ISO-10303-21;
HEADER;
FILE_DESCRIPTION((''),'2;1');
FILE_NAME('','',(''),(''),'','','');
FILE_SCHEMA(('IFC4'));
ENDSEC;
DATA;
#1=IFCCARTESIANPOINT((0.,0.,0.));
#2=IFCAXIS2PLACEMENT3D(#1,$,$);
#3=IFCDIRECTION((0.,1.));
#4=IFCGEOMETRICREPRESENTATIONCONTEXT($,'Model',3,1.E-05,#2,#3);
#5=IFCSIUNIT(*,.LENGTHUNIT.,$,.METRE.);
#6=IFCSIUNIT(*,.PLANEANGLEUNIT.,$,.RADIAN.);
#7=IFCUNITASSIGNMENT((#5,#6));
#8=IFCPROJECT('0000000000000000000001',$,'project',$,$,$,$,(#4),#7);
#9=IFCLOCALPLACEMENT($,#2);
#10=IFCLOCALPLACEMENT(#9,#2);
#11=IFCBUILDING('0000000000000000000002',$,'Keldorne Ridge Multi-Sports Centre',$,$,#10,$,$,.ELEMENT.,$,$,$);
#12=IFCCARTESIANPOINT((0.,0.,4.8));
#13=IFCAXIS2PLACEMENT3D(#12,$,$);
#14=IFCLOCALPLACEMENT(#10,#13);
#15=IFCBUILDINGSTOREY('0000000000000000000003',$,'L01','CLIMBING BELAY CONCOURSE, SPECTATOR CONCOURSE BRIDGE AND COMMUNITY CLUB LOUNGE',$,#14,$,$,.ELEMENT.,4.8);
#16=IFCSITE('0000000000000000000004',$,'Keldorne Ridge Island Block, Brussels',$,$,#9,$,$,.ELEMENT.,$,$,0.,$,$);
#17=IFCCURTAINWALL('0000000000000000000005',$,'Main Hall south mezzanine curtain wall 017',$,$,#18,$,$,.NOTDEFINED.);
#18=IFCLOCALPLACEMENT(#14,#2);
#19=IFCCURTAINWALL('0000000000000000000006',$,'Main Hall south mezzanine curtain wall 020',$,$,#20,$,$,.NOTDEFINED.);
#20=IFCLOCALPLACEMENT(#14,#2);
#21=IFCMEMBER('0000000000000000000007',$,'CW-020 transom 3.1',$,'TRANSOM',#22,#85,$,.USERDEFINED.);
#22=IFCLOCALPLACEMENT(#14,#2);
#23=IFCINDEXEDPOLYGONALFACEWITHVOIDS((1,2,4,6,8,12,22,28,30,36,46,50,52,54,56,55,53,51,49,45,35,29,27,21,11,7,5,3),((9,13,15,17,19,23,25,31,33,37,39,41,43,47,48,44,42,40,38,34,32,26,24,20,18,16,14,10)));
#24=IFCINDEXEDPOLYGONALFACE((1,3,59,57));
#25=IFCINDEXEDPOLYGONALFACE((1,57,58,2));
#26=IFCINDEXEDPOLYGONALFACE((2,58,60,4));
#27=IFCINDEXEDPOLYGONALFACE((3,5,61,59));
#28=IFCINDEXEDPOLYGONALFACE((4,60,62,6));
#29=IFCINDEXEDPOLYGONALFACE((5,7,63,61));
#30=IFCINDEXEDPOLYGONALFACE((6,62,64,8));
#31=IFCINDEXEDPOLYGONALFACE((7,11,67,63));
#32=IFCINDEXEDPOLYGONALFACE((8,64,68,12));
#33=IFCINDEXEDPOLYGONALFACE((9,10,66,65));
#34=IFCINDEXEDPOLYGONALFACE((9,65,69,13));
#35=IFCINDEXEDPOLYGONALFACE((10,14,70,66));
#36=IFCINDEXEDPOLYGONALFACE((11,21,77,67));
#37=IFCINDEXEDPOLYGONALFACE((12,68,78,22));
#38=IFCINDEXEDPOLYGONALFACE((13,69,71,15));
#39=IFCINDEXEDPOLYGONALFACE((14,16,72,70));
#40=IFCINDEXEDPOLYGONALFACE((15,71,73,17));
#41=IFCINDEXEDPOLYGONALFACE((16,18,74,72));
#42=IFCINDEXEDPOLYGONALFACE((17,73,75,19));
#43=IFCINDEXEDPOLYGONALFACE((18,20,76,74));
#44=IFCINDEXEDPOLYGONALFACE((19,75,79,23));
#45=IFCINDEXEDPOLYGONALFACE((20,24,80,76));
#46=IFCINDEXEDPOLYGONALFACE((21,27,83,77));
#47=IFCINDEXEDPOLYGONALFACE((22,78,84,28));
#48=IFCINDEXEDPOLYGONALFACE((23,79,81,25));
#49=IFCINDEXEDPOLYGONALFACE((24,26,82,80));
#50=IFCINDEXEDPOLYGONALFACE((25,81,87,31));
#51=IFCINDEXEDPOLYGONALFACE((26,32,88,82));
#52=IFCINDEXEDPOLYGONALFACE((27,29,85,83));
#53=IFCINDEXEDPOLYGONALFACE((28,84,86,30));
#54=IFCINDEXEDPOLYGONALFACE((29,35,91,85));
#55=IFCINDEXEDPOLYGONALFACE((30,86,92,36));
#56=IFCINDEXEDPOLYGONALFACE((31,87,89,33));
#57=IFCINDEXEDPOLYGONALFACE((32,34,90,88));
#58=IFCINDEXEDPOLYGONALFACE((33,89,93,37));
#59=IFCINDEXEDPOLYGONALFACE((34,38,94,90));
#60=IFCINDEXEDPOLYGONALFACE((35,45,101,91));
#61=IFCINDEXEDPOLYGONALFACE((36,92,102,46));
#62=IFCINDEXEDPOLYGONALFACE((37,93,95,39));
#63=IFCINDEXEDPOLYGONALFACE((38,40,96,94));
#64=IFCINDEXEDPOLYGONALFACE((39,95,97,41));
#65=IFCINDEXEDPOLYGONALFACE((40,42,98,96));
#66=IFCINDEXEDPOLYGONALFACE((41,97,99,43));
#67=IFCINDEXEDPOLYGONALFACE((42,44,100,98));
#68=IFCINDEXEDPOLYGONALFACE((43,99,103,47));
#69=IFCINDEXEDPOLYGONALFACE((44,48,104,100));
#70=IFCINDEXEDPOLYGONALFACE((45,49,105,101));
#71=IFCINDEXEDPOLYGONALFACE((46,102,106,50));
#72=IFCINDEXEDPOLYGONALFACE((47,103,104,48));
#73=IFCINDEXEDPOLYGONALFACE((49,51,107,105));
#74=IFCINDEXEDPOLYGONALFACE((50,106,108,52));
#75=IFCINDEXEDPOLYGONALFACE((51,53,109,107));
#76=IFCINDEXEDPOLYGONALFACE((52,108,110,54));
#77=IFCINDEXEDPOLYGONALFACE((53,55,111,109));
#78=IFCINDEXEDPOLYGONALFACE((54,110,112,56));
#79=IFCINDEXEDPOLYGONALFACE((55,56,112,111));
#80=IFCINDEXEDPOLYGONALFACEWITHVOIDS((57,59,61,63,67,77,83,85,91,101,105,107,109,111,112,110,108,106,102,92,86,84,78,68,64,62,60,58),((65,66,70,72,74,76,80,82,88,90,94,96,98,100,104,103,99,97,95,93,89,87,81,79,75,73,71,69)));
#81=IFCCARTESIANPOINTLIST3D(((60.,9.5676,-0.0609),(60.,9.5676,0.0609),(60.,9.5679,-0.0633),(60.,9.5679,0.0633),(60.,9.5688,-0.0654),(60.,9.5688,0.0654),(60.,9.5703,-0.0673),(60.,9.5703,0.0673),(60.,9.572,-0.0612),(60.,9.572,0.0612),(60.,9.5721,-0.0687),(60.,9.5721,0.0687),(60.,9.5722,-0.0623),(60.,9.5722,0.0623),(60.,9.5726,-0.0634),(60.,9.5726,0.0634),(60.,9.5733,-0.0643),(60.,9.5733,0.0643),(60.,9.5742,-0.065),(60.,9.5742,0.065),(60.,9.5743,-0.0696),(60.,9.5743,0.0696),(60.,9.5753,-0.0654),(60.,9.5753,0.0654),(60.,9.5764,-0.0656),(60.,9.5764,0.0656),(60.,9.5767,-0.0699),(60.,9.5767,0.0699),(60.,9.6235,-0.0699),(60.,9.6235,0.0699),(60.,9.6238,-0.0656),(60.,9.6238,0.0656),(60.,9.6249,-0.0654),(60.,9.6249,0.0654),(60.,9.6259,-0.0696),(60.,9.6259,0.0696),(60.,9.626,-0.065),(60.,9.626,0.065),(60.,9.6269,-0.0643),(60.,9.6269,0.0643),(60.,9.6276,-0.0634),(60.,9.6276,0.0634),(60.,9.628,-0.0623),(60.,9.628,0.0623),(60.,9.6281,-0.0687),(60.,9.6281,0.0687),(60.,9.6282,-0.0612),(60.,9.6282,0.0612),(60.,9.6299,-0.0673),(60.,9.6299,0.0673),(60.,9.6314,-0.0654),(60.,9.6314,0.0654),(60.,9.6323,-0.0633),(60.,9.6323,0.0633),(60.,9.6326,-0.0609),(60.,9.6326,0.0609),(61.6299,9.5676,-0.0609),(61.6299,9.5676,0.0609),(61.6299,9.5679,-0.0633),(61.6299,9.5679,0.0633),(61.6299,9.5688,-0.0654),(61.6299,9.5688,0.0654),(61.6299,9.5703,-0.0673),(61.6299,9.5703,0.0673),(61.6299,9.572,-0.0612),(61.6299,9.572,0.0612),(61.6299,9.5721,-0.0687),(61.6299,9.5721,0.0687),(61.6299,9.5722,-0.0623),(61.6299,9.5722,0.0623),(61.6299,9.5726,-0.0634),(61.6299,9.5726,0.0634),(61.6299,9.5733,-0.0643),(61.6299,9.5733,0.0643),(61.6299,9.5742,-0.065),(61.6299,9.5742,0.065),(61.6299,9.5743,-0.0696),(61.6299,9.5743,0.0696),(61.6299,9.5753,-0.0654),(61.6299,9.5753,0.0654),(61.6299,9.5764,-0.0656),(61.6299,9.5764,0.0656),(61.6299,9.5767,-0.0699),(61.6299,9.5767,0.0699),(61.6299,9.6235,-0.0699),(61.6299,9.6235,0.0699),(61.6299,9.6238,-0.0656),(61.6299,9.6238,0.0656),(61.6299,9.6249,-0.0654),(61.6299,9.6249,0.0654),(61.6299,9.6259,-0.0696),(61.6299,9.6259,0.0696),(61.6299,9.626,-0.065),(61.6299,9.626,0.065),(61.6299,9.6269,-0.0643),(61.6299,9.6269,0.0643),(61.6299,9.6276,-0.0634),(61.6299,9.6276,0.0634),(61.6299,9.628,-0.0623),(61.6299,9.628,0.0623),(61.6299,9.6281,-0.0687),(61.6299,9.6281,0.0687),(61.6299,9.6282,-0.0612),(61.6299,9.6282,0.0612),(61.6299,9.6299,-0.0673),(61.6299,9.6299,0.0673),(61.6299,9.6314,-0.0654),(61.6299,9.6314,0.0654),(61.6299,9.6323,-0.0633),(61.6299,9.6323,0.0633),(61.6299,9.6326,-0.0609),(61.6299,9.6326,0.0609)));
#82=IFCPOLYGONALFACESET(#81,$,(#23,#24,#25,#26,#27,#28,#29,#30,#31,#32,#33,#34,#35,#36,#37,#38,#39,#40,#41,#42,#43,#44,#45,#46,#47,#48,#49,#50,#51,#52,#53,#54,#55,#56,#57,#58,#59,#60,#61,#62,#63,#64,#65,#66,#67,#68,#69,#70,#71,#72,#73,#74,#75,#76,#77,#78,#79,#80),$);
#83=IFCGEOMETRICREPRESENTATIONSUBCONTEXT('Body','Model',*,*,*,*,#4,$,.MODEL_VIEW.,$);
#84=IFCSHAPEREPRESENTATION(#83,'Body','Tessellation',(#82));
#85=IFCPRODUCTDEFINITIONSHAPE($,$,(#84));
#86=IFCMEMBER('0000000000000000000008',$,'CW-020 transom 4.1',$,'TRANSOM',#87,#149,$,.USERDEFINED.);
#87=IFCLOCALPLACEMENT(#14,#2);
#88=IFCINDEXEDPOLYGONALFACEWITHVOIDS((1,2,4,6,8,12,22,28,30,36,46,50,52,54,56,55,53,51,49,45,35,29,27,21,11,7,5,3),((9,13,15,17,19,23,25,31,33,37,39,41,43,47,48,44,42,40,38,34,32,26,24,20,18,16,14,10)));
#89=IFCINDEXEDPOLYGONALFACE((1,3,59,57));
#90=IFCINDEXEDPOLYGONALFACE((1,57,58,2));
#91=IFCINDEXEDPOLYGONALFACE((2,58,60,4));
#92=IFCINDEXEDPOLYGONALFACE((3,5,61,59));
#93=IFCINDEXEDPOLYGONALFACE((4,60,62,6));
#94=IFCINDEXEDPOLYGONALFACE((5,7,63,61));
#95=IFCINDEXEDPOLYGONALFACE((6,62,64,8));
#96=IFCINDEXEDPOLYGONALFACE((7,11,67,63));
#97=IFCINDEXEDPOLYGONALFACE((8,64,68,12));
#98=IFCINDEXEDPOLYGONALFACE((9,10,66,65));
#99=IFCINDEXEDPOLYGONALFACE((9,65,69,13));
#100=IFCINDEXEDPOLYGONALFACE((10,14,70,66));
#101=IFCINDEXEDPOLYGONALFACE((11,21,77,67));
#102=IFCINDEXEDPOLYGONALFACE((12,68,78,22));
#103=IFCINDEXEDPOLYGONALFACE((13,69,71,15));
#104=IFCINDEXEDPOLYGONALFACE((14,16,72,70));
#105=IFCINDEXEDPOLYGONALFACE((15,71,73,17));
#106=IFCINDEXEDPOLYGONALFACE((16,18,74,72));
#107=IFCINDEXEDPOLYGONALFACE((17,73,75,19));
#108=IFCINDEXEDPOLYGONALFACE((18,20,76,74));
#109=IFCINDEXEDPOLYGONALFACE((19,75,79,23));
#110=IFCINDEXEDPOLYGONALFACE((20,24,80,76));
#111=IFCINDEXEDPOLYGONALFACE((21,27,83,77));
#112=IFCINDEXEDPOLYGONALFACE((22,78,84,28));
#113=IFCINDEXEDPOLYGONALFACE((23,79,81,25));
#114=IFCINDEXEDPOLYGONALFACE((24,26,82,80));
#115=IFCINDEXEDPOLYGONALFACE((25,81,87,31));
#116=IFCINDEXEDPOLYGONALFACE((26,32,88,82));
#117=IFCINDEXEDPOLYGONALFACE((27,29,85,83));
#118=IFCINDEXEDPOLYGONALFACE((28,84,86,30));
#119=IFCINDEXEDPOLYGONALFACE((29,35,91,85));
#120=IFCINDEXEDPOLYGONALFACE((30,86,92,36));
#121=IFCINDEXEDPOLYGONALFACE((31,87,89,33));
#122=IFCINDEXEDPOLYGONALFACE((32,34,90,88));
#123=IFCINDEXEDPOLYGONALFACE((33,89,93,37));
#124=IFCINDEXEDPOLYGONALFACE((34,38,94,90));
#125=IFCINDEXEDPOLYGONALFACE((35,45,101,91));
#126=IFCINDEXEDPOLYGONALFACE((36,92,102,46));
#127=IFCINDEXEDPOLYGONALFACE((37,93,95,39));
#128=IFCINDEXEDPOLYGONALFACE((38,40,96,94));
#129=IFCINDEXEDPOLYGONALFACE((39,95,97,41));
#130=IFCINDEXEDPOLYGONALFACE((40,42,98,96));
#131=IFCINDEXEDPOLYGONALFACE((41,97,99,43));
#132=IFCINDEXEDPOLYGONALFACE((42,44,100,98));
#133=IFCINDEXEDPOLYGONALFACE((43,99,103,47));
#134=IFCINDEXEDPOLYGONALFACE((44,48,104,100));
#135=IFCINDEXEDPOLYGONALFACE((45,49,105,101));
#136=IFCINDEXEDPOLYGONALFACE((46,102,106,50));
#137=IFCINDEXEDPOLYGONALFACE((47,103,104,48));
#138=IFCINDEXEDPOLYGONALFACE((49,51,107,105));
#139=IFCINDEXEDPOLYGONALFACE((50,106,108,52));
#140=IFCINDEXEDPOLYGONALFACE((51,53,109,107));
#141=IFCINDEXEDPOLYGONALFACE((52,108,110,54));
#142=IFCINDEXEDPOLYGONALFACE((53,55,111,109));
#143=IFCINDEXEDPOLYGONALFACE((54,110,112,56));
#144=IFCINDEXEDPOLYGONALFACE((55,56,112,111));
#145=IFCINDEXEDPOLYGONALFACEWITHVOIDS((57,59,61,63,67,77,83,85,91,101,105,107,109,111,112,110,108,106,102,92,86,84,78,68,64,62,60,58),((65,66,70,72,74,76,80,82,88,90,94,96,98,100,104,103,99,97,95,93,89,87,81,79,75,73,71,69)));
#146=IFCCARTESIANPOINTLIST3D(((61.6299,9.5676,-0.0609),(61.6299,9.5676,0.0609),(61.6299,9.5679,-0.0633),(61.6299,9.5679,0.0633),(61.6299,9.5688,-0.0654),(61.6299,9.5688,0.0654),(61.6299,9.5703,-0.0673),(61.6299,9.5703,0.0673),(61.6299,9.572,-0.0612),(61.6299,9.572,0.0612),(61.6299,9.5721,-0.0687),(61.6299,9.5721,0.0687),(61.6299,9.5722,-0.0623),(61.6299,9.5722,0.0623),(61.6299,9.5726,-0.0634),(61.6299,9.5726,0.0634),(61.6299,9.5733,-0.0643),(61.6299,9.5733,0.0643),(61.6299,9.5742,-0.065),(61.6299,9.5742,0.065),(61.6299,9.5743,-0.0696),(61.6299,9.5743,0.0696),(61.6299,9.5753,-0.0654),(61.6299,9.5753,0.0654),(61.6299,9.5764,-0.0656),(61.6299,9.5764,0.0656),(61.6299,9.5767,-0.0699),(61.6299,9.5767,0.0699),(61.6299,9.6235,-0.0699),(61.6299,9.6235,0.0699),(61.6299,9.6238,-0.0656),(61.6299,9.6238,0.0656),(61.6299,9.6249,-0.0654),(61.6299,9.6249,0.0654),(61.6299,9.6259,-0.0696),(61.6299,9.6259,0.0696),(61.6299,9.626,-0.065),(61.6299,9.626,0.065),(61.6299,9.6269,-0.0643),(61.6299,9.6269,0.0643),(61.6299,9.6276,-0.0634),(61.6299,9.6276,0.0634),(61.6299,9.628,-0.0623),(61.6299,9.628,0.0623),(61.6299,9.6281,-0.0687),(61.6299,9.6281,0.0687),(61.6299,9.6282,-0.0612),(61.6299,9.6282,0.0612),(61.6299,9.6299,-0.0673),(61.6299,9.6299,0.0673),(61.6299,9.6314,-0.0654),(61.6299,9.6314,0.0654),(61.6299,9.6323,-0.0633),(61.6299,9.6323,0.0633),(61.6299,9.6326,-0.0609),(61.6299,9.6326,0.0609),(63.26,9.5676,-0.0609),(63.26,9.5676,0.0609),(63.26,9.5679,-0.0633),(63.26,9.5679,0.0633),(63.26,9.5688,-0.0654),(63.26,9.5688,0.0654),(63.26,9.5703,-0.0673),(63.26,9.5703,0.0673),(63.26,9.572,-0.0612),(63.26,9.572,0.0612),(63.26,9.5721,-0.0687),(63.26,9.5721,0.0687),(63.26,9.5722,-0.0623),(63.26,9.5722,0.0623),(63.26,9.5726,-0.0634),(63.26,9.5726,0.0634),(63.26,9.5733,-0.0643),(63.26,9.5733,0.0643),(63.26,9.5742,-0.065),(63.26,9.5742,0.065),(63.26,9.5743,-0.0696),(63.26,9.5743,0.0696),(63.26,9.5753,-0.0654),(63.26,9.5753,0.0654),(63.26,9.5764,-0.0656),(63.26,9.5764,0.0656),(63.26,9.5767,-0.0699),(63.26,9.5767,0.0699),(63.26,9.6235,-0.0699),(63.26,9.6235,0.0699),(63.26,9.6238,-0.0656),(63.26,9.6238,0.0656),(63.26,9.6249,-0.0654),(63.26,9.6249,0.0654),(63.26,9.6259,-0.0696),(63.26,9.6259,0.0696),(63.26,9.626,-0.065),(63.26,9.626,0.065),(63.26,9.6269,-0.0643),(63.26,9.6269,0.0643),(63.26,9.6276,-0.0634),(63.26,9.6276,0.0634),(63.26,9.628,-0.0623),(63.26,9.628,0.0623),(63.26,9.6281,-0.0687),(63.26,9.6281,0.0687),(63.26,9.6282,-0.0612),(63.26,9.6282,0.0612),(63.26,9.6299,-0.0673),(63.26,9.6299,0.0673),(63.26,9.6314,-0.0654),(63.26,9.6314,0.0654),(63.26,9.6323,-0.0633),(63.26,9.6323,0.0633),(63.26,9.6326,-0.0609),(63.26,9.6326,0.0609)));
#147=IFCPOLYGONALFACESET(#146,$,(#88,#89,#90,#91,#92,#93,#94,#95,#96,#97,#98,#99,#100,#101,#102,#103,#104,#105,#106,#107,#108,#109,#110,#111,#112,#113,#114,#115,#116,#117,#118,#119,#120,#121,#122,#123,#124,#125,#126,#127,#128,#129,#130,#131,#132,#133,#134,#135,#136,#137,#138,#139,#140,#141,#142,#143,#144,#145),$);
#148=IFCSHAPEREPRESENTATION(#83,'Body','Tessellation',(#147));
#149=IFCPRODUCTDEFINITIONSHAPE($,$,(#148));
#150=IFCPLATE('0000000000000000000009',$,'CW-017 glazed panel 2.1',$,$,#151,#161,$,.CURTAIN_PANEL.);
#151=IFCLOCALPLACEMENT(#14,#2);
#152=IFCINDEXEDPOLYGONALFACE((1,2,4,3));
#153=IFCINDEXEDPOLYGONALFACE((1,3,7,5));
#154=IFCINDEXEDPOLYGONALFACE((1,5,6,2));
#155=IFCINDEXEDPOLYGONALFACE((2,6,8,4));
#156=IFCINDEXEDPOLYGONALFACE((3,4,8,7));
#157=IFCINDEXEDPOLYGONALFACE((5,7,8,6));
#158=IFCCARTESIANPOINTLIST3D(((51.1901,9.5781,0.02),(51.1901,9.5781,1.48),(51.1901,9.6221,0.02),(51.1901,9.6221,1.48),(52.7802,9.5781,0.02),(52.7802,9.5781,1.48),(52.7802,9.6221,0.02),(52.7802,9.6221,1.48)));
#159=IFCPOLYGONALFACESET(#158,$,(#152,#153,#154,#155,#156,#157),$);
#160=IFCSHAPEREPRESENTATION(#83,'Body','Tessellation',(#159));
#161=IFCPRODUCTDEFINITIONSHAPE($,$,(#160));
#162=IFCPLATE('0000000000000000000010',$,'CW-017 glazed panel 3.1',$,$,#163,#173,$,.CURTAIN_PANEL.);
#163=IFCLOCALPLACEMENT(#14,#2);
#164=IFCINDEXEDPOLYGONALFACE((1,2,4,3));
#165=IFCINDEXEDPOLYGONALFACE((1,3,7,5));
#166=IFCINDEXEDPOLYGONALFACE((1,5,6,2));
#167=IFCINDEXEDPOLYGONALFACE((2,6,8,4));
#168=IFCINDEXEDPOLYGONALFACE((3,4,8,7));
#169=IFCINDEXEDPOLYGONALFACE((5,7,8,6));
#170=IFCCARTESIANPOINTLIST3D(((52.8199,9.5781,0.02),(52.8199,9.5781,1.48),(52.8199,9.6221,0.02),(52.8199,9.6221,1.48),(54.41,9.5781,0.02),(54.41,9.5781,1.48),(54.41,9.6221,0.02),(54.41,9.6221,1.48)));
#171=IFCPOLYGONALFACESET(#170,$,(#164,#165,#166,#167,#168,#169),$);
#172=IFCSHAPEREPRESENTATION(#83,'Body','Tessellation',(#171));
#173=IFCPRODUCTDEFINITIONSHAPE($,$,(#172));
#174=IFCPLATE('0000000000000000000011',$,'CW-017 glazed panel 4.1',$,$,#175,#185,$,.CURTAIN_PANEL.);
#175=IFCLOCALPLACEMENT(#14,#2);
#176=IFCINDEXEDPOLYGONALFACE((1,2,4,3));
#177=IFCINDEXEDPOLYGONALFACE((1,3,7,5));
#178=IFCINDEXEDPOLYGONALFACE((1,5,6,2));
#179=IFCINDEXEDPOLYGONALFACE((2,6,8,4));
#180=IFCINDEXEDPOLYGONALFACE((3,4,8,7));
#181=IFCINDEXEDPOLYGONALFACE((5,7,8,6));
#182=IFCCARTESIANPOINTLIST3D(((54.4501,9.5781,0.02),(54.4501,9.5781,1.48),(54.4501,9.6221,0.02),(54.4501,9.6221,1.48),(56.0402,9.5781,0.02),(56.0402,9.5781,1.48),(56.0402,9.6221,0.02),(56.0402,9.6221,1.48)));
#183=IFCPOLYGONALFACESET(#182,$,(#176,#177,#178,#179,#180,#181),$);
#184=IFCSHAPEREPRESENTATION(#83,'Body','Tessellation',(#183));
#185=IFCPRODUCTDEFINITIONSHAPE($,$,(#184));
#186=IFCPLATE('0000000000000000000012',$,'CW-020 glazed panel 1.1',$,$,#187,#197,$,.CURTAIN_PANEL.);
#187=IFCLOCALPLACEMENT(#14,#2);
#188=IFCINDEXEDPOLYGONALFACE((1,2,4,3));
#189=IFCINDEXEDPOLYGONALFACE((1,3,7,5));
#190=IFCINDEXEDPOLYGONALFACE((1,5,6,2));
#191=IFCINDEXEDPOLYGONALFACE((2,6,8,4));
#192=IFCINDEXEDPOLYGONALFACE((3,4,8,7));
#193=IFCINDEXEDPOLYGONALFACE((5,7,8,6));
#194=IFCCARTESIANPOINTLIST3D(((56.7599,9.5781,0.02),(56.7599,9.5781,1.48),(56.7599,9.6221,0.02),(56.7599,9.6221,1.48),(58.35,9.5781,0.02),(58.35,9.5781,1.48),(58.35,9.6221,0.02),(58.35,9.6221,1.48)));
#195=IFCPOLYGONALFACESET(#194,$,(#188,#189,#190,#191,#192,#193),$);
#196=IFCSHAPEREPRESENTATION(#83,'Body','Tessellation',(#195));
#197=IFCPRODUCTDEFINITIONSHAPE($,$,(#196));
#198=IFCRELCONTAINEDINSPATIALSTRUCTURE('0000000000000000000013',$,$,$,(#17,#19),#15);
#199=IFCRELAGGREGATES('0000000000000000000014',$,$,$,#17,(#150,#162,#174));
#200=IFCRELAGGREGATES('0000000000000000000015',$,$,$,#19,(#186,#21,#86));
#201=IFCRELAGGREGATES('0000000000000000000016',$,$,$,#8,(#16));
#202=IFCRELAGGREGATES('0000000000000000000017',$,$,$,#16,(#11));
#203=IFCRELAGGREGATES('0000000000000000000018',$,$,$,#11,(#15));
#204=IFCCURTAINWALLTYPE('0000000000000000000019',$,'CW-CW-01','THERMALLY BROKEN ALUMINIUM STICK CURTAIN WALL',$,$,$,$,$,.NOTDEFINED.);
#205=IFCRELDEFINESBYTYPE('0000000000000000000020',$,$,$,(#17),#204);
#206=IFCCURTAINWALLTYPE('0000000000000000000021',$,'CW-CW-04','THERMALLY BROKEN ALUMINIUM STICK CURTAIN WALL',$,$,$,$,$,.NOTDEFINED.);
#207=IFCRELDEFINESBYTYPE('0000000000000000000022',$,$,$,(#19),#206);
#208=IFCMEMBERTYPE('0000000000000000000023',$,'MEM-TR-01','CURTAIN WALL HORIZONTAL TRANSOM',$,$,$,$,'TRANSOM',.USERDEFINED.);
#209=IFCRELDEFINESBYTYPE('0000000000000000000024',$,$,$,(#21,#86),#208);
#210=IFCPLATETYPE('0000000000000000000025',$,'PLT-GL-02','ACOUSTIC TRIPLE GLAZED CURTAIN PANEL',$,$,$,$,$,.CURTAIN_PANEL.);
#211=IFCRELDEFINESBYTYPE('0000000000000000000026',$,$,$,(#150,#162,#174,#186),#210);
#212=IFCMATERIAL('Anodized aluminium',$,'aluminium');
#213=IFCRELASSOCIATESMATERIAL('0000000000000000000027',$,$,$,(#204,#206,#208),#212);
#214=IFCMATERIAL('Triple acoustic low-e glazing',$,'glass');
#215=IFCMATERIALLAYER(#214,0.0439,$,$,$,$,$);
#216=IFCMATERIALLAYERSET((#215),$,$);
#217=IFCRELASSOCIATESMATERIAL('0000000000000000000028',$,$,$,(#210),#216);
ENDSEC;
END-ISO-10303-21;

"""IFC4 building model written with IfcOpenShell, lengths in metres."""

from ifc_helpers import new_model, si_unit, direction, frame, origin, origin_2d, place, context, subcontext, project, spatial, rectangle, hollow_rectangle, extrude, material, layer, layer_set, material_profile, profile_set, type_object, element, aggregate, save


model = new_model("IFC4")

# Units and contexts
model_context = context("Model", 3, precision=1e-05, world=origin(), true_north=direction((0.0, 1.0)))
body_context = subcontext(model_context, "Body", "Model", "MODEL_VIEW")
ifc_project = project(units=[si_unit("LENGTHUNIT", "METRE"), si_unit("PLANEANGLEUNIT", "RADIAN")], contexts=[model_context])

# Site, building, storey
site_placement = place(None, origin())
site = spatial("IfcSite", under=ifc_project, at=site_placement, Name="Keldorne Ridge Island Block, Brussels", CompositionType="ELEMENT", RefElevation=0.0)
building_placement = place(site_placement, origin())
building = spatial("IfcBuilding", under=site, at=building_placement, Name="Keldorne Ridge Multi-Sports Centre", CompositionType="ELEMENT")
storey_placement = place(building_placement, frame((0.0, 0.0, 4.8)))
storey = spatial("IfcBuildingStorey", under=building, at=storey_placement, Name="L01", Description="CLIMBING BELAY CONCOURSE, SPECTATOR CONCOURSE BRIDGE AND COMMUNITY CLUB LOUNGE", CompositionType="ELEMENT", Elevation=4.8)

# Curtain walls
ifc_material_1 = material(Name="Anodized aluminium", Category="aluminium")
curtain_wall_type_1 = type_object("IfcCurtainWallType", Name="CW-CW-01", Description="THERMALLY BROKEN ALUMINIUM STICK CURTAIN WALL", PredefinedType="NOTDEFINED", material=ifc_material_1)
curtain_wall_1_placement = place(storey_placement, origin())
curtain_wall_1 = element("IfcCurtainWall", 1, at=curtain_wall_1_placement, inside=storey, type_object=curtain_wall_type_1, Name="Main Hall south mezzanine curtain wall 017", PredefinedType="NOTDEFINED")
curtain_wall_type_2 = type_object("IfcCurtainWallType", Name="CW-CW-04", Description="THERMALLY BROKEN ALUMINIUM STICK CURTAIN WALL", PredefinedType="NOTDEFINED", material=ifc_material_1)
curtain_wall_2_placement = place(storey_placement, origin())
curtain_wall_2 = element("IfcCurtainWall", 2, at=curtain_wall_2_placement, inside=storey, type_object=curtain_wall_type_2, Name="Main Hall south mezzanine curtain wall 020", PredefinedType="NOTDEFINED")

# Members
ifc_material_profile_1 = material_profile(ifc_material_1, hollow_rectangle(XDim=0.0649, YDim=0.1399, WallThickness=0.0044, InnerFilletRadius=0.0044, OuterFilletRadius=0.009, at=origin_2d()), Name="ALU TRANSOM 140x65x4.5")
ifc_profile_set_1 = profile_set([ifc_material_profile_1], Name="Anodized aluminium")
member_type_1 = type_object("IfcMemberType", Name="MEM-TR-01", Description="CURTAIN WALL HORIZONTAL TRANSOM", ElementType="TRANSOM", PredefinedType="USERDEFINED", material=ifc_profile_set_1)
member_1_placement = place(storey_placement, frame((60.0, 9.6001, 0.0), z_axis=(1.0, 0.0, 0.0), x_axis=(0.0, 1.0, 0.0)))
member_1 = element("IfcMember", 3, at=member_1_placement, type_object=member_type_1, Name="CW-020 transom 3.1", ObjectType="TRANSOM", PredefinedType="USERDEFINED", context=body_context, shape_type="SweptSolid", body=[
    extrude(hollow_rectangle(XDim=0.0649, YDim=0.1399, WallThickness=0.0044, InnerFilletRadius=0.0044, OuterFilletRadius=0.009, at=origin_2d()), origin(), (0.0, 0.0, 1.0), 1.6299),
])
member_2_placement = place(storey_placement, frame((61.6299, 9.6001, 0.0), z_axis=(1.0, 0.0, 0.0), x_axis=(0.0, 1.0, 0.0)))
member_2 = element("IfcMember", 4, at=member_2_placement, type_object=member_type_1, Name="CW-020 transom 4.1", ObjectType="TRANSOM", PredefinedType="USERDEFINED", context=body_context, shape_type="SweptSolid", body=[
    extrude(hollow_rectangle(XDim=0.0649, YDim=0.1399, WallThickness=0.0044, InnerFilletRadius=0.0044, OuterFilletRadius=0.009, at=origin_2d()), origin(), (0.0, 0.0, 1.0), 1.6301),
])

# Plates
ifc_material_2 = material(Name="Triple acoustic low-e glazing", Category="glass")
ifc_layer = layer(ifc_material_2, 0.0439)
ifc_layer_set = layer_set([ifc_layer])
plate_type = type_object("IfcPlateType", Name="PLT-GL-02", Description="ACOUSTIC TRIPLE GLAZED CURTAIN PANEL", PredefinedType="CURTAIN_PANEL", material=ifc_layer_set)
plate_1_placement = place(storey_placement, frame((51.9851, 9.6001, 0.02), z_axis=(0.0, 0.0, 1.0), x_axis=(1.0, 0.0, 0.0)))
plate_1 = element("IfcPlate", 5, at=plate_1_placement, type_object=plate_type, Name="CW-017 glazed panel 2.1", PredefinedType="CURTAIN_PANEL", context=body_context, shape_type="SweptSolid", body=[
    extrude(rectangle(XDim=1.5901, YDim=0.0439, at=origin_2d()), origin(), (0.0, 0.0, 1.0), 1.46),
])
plate_2_placement = place(storey_placement, frame((53.615, 9.6001, 0.02), z_axis=(0.0, 0.0, 1.0), x_axis=(1.0, 0.0, 0.0)))
plate_2 = element("IfcPlate", 6, at=plate_2_placement, type_object=plate_type, Name="CW-017 glazed panel 3.1", PredefinedType="CURTAIN_PANEL", context=body_context, shape_type="SweptSolid", body=[
    extrude(rectangle(XDim=1.5901, YDim=0.0439, at=origin_2d()), origin(), (0.0, 0.0, 1.0), 1.46),
])
plate_3_placement = place(storey_placement, frame((55.2451, 9.6001, 0.02), z_axis=(0.0, 0.0, 1.0), x_axis=(1.0, 0.0, 0.0)))
plate_3 = element("IfcPlate", 7, at=plate_3_placement, type_object=plate_type, Name="CW-017 glazed panel 4.1", PredefinedType="CURTAIN_PANEL", context=body_context, shape_type="SweptSolid", body=[
    extrude(rectangle(XDim=1.5901, YDim=0.0439, at=origin_2d()), origin(), (0.0, 0.0, 1.0), 1.46),
])
aggregate(curtain_wall_1, [plate_1, plate_2, plate_3])
plate_4_placement = place(storey_placement, frame((57.5549, 9.6001, 0.02), z_axis=(0.0, 0.0, 1.0), x_axis=(1.0, 0.0, 0.0)))
plate_4 = element("IfcPlate", 8, at=plate_4_placement, type_object=plate_type, Name="CW-020 glazed panel 1.1", PredefinedType="CURTAIN_PANEL", context=body_context, shape_type="SweptSolid", body=[
    extrude(rectangle(XDim=1.5901, YDim=0.0439, at=origin_2d()), origin(), (0.0, 0.0, 1.0), 1.46),
])
aggregate(curtain_wall_2, [plate_4, member_1, member_2])

save(model, "model.ifc")
